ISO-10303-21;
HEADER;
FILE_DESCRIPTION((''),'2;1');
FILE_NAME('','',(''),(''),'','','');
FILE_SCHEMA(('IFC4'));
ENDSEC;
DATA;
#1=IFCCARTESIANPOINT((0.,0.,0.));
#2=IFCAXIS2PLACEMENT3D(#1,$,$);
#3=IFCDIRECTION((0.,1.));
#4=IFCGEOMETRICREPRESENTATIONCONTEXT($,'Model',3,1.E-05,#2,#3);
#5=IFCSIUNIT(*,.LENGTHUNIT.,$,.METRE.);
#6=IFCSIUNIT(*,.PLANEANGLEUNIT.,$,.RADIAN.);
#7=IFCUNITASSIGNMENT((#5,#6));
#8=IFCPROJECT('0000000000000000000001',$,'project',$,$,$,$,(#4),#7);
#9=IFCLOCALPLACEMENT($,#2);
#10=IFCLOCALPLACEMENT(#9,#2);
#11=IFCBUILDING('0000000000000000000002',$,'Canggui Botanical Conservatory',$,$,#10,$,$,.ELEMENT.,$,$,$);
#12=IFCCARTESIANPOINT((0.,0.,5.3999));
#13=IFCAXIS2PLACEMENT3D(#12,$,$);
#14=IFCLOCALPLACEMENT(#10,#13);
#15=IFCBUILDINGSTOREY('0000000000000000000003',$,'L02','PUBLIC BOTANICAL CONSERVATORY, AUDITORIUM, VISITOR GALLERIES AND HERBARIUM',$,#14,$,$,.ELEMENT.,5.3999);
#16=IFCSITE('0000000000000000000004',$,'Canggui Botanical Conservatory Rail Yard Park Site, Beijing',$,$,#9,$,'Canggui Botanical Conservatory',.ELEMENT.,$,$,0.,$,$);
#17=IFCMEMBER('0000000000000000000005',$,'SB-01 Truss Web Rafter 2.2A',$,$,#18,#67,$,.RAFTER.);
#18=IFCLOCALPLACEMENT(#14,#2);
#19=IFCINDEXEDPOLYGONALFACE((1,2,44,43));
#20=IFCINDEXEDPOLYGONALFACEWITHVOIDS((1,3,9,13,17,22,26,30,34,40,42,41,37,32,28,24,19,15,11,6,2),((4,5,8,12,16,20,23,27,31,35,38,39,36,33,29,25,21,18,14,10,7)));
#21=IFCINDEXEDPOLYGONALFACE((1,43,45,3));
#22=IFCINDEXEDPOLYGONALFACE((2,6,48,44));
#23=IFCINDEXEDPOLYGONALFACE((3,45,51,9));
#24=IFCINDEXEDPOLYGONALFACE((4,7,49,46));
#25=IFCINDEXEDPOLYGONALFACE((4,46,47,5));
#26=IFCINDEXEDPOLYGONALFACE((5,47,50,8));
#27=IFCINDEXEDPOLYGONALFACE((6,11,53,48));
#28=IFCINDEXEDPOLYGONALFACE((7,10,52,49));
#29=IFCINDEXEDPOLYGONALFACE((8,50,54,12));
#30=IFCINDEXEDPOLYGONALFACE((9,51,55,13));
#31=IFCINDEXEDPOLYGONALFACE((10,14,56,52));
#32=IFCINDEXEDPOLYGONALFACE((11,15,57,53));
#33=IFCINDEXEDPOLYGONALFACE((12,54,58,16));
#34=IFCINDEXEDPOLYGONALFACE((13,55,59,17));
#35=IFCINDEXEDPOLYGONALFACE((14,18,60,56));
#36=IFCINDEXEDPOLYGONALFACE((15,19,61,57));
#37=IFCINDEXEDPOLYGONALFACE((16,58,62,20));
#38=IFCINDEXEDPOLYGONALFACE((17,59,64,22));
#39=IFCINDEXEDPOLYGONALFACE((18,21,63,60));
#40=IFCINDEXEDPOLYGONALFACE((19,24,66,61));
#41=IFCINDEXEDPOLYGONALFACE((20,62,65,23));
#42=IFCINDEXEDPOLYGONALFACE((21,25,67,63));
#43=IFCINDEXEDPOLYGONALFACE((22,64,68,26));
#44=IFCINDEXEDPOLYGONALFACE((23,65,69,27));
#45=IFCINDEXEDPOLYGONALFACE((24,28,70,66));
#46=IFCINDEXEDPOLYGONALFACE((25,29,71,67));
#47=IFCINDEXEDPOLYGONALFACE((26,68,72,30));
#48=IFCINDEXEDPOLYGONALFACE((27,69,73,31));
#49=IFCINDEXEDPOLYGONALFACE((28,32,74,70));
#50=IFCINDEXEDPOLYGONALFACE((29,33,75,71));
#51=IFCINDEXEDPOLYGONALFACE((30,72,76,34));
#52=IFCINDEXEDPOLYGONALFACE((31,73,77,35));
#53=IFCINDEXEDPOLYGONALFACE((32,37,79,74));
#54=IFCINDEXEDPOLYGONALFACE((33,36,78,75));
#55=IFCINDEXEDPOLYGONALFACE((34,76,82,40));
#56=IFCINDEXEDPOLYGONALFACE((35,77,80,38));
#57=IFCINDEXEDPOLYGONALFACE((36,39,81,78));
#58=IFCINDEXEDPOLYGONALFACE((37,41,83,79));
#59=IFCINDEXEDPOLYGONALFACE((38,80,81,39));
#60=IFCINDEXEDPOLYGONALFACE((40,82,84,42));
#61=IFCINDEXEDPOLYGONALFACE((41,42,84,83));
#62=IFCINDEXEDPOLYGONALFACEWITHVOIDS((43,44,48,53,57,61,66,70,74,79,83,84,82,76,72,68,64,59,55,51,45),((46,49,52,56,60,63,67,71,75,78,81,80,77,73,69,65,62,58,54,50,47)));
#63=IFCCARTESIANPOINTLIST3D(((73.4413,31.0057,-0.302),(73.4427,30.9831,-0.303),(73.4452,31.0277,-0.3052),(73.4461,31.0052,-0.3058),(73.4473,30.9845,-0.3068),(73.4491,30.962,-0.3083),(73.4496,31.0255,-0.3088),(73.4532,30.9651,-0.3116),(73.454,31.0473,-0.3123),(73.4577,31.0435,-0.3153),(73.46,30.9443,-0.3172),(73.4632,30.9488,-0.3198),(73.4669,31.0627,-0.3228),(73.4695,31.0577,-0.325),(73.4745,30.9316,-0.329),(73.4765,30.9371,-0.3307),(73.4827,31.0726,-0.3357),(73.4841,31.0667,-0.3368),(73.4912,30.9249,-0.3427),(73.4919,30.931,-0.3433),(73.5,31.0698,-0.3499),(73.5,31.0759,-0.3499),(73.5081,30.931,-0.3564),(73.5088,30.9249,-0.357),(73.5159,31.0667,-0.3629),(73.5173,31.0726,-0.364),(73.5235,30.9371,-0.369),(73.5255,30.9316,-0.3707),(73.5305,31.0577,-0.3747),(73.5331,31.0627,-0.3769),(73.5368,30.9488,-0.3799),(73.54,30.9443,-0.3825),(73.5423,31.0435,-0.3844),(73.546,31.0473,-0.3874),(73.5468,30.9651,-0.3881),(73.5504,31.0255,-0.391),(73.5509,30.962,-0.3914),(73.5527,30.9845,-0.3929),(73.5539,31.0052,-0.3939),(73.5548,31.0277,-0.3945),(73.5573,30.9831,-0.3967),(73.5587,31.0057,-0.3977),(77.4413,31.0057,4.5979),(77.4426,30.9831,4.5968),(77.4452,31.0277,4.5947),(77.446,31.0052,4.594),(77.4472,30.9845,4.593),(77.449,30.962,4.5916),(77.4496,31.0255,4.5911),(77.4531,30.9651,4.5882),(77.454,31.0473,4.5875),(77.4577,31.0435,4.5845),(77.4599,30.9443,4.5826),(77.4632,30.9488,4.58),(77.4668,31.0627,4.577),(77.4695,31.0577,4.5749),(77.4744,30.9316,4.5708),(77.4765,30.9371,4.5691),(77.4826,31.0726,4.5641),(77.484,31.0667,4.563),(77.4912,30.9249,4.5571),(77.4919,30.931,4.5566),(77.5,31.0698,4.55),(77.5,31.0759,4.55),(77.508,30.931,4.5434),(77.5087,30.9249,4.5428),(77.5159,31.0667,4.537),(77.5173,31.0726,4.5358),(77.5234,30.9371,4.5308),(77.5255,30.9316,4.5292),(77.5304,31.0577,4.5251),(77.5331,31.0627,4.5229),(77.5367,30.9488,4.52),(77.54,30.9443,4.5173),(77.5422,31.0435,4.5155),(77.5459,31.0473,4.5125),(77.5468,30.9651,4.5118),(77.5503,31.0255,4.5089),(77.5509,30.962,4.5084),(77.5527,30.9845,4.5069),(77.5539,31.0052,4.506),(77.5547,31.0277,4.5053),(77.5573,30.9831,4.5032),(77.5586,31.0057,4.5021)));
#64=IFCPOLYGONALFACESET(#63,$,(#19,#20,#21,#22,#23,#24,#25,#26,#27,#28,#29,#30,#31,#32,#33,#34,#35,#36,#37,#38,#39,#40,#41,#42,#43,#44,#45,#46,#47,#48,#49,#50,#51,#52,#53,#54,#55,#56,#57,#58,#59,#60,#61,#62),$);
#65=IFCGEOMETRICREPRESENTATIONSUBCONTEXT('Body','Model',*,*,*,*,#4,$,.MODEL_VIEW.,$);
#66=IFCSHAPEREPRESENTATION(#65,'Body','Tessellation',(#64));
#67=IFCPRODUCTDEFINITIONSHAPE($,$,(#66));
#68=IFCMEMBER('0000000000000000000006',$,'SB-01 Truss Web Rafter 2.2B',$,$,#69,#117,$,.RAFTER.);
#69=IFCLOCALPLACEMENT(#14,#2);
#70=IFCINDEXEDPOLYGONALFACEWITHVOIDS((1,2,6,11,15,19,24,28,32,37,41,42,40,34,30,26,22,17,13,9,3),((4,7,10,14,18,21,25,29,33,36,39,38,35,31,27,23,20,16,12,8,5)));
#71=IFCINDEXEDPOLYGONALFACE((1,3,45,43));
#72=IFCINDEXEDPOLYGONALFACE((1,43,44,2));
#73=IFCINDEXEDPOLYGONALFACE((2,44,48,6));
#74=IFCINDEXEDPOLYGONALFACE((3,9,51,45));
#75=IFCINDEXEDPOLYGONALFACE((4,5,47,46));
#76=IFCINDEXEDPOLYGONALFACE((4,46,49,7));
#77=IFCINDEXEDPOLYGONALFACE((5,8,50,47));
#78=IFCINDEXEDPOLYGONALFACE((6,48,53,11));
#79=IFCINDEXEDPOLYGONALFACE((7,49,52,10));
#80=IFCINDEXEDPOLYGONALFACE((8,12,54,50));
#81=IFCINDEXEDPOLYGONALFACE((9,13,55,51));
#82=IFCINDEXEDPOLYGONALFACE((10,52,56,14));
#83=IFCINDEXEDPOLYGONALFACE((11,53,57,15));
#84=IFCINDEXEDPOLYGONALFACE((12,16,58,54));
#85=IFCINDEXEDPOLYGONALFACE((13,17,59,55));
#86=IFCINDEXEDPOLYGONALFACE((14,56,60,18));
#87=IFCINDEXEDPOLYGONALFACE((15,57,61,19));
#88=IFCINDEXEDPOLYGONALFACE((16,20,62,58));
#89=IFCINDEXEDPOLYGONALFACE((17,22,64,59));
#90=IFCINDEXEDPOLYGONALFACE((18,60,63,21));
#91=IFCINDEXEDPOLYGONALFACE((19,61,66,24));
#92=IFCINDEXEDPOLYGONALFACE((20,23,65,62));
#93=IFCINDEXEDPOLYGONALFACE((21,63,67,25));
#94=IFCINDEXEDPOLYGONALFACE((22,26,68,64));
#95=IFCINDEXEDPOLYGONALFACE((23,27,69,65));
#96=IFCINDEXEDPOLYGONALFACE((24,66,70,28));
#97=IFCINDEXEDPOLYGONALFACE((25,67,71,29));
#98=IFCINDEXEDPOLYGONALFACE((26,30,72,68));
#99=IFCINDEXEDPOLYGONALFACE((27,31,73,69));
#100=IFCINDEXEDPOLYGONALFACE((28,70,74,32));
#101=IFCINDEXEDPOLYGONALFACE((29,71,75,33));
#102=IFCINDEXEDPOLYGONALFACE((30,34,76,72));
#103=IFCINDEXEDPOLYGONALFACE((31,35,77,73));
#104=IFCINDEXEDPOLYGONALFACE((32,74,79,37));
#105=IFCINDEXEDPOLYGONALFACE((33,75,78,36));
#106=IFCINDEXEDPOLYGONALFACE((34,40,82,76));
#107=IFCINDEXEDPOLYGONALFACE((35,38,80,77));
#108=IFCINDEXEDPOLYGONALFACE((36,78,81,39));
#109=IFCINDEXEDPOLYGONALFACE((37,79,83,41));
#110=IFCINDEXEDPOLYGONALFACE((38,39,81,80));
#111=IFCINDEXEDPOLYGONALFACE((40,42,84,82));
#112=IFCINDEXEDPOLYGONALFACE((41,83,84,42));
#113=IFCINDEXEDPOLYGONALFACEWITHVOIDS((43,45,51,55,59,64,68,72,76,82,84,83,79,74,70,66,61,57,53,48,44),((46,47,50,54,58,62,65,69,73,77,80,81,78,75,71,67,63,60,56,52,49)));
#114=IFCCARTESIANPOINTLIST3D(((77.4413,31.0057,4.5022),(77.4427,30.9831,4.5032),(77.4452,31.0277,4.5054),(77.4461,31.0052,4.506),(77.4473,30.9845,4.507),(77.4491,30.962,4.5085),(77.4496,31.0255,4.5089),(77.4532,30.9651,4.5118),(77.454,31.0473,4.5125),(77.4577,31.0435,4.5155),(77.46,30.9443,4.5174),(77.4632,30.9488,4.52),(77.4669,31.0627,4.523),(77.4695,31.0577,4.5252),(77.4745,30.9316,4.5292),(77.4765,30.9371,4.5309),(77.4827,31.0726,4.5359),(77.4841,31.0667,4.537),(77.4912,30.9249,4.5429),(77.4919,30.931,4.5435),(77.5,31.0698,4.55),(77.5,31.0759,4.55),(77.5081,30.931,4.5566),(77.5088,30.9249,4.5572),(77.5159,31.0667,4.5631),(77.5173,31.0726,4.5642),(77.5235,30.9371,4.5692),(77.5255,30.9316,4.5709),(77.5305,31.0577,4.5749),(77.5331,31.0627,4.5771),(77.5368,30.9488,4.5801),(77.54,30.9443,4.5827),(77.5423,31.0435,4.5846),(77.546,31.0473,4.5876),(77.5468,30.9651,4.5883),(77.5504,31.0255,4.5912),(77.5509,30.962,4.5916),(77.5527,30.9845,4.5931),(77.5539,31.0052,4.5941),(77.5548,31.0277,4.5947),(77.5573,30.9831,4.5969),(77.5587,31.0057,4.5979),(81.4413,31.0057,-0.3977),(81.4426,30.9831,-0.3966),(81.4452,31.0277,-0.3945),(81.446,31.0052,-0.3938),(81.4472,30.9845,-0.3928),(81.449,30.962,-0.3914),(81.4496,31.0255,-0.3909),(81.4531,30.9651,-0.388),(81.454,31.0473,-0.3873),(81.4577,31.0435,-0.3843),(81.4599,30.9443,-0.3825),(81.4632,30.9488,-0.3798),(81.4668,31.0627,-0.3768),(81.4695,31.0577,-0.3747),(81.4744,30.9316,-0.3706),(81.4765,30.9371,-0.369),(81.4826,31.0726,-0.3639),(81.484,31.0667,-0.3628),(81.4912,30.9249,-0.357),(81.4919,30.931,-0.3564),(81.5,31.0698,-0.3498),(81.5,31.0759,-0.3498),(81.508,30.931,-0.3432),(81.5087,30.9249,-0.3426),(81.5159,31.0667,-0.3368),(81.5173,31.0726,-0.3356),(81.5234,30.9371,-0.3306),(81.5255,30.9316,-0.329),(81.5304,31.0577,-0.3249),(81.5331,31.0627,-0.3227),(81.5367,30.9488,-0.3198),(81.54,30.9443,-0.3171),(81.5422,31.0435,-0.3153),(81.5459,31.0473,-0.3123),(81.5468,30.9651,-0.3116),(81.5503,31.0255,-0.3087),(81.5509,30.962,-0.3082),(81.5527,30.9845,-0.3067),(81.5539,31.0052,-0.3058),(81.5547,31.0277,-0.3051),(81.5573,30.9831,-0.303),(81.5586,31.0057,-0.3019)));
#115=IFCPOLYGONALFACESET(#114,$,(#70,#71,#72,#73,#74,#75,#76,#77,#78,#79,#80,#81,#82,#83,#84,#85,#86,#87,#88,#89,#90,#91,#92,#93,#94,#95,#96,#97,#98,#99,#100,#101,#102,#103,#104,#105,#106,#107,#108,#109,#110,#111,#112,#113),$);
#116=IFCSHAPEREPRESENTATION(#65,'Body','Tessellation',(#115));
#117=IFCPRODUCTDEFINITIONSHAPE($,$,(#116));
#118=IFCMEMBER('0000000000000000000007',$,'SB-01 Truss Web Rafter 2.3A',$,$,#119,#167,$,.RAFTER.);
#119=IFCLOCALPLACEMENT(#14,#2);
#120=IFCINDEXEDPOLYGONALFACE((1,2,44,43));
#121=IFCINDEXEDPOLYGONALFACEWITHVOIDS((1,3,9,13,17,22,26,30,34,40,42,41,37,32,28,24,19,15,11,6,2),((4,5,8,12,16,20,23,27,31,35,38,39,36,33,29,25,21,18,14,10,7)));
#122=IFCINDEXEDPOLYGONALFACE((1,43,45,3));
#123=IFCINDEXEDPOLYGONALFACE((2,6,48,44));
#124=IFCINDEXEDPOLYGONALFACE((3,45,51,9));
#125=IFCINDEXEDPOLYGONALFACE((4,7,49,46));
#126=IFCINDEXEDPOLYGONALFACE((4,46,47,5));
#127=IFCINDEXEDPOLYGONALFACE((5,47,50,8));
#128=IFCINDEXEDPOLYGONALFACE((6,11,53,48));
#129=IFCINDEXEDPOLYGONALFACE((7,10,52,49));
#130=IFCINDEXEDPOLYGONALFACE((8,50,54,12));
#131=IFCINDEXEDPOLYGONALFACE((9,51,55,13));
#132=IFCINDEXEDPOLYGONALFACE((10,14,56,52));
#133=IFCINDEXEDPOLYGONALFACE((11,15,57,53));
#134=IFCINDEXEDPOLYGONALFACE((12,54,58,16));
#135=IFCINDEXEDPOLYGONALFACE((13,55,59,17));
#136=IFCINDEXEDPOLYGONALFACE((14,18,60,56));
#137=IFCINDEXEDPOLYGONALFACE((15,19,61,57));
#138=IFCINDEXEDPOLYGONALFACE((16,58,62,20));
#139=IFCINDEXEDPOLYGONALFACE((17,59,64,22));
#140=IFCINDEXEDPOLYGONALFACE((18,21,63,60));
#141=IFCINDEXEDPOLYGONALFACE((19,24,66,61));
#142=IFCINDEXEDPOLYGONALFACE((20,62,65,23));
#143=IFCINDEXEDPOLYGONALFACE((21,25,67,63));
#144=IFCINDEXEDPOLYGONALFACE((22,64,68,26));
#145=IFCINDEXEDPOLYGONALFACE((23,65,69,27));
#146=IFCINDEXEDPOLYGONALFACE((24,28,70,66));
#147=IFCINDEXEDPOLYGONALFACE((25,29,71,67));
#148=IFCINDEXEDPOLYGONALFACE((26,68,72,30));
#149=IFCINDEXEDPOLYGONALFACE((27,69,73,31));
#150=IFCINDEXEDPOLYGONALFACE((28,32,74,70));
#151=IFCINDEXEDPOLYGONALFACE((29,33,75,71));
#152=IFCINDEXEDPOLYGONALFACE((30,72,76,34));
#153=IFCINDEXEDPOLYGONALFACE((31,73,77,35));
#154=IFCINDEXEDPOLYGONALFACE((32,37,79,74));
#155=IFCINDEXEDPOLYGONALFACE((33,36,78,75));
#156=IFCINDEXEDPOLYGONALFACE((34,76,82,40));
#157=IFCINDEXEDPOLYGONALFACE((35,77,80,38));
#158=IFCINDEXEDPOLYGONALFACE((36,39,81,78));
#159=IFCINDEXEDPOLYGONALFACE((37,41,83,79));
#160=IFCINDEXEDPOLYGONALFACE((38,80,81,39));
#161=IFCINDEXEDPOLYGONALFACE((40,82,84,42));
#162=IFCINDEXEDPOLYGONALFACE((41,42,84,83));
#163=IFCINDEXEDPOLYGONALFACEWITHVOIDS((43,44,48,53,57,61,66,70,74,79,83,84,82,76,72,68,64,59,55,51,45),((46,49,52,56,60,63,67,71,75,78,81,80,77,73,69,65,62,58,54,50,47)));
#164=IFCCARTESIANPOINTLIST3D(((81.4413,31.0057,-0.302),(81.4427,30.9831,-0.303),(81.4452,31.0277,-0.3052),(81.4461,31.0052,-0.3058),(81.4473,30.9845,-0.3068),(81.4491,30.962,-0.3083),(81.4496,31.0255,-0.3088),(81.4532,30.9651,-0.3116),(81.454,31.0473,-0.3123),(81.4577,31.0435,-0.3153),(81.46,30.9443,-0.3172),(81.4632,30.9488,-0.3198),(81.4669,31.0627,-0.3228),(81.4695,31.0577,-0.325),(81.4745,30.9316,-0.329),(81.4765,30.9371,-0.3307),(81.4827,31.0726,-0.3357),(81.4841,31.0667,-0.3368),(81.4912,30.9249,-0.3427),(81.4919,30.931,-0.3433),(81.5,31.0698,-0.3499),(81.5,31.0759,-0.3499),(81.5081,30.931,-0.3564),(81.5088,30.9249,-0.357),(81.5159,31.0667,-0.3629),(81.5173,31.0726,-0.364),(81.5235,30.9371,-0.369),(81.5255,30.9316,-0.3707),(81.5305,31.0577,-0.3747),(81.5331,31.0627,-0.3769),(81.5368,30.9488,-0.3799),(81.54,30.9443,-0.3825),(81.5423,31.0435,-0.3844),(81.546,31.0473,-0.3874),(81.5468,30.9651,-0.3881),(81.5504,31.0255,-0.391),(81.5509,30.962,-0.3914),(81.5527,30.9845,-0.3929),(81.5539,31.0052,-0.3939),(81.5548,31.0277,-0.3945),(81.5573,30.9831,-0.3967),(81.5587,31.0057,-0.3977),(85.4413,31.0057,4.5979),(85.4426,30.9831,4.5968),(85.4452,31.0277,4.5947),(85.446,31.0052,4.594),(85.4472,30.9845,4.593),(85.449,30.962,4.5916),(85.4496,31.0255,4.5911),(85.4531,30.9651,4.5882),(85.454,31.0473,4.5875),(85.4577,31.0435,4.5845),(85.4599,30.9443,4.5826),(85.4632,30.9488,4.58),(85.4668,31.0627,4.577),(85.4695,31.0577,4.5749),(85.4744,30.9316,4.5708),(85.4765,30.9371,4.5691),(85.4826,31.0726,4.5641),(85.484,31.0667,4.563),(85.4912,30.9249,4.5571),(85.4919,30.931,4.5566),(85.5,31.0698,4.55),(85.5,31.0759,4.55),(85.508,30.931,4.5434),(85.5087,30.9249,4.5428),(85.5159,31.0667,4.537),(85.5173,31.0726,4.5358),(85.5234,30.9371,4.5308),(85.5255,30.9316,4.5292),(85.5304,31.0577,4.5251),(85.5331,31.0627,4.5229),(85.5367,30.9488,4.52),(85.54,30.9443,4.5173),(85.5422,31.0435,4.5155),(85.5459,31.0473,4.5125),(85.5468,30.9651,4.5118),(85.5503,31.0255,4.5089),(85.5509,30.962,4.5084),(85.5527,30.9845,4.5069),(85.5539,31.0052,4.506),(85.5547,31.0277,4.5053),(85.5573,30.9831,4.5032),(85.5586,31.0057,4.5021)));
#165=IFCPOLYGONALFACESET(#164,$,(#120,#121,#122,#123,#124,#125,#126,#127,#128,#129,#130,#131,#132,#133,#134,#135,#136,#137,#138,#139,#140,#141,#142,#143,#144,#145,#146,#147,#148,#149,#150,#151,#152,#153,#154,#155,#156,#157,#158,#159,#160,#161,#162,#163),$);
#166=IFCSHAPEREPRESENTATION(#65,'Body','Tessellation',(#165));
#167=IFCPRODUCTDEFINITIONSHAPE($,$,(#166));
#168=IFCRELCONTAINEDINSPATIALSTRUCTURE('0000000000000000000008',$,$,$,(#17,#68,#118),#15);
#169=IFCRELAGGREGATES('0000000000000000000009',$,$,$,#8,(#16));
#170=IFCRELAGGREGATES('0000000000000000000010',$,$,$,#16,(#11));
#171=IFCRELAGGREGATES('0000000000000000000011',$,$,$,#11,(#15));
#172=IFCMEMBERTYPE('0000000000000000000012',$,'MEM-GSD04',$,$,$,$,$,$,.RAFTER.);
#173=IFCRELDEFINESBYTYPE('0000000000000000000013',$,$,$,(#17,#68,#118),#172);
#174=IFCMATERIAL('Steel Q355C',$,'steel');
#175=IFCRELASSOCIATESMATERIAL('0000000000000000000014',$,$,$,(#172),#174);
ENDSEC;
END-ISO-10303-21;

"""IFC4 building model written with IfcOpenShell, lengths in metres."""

from ifc_helpers import new_model, si_unit, direction, frame, origin, origin_2d, place, context, subcontext, project, spatial, hollow_circle, extrude, material, material_profile, profile_set, type_object, element, save


model = new_model("IFC4")

# Units and contexts
model_context = context("Model", 3, precision=1e-05, world=origin(), true_north=direction((0.0, 1.0)))
body_context = subcontext(model_context, "Body", "Model", "MODEL_VIEW")
ifc_project = project(units=[si_unit("LENGTHUNIT", "METRE"), si_unit("PLANEANGLEUNIT", "RADIAN")], contexts=[model_context])

# Site, building, storey
site_placement = place(None, origin())
site = spatial("IfcSite", under=ifc_project, at=site_placement, Name="Canggui Botanical Conservatory Rail Yard Park Site, Beijing", LongName="Canggui Botanical Conservatory", CompositionType="ELEMENT", RefElevation=0.0)
building_placement = place(site_placement, origin())
building = spatial("IfcBuilding", under=site, at=building_placement, Name="Canggui Botanical Conservatory", CompositionType="ELEMENT")
storey_placement = place(building_placement, frame((0.0, 0.0, 5.3999)))
storey = spatial("IfcBuildingStorey", under=building, at=storey_placement, Name="L02", Description="PUBLIC BOTANICAL CONSERVATORY, AUDITORIUM, VISITOR GALLERIES AND HERBARIUM", CompositionType="ELEMENT", Elevation=5.3999)

# Members
ifc_material_1 = material(Name="Steel Q355C", Category="steel")
ifc_material_profile_1 = material_profile(ifc_material_1, hollow_circle(Radius=0.0759, WallThickness=0.0061, at=origin_2d()), Name="CHS 152x6")
ifc_profile_set_1 = profile_set([ifc_material_profile_1], Name="Steel Q355C")
member_type_1 = type_object("IfcMemberType", Name="MEM-GSD04", PredefinedType="RAFTER", material=ifc_profile_set_1)
for number, where, z_axis, x_axis, name in (
    (1, (73.5, 31.0, -0.3499), (0.632384, 0.0, 0.774655), (0.0, 1.0, 0.0), "SB-01 Truss Web Rafter 2.2A"),
    (2, (77.5, 31.0, 4.55), (0.632384, 0.0, -0.774655), (0.0, 1.0, 0.0), "SB-01 Truss Web Rafter 2.2B"),
    (3, (81.5, 31.0, -0.3499), (0.632384, 0.0, 0.774655), (0.0, 1.0, 0.0), "SB-01 Truss Web Rafter 2.3A"),
):
    element("IfcMember", number, at=place(storey_placement, frame(where, z_axis=z_axis, x_axis=x_axis)), inside=storey, type_object=member_type_1, Name=name, PredefinedType="RAFTER", context=body_context, shape_type="SweptSolid", body=[
        extrude(hollow_circle(Radius=0.0759, WallThickness=0.0061, at=origin_2d()), origin(), (0.0, 0.0, 1.0), 6.3252),
    ])

save(model, "model.ifc")
